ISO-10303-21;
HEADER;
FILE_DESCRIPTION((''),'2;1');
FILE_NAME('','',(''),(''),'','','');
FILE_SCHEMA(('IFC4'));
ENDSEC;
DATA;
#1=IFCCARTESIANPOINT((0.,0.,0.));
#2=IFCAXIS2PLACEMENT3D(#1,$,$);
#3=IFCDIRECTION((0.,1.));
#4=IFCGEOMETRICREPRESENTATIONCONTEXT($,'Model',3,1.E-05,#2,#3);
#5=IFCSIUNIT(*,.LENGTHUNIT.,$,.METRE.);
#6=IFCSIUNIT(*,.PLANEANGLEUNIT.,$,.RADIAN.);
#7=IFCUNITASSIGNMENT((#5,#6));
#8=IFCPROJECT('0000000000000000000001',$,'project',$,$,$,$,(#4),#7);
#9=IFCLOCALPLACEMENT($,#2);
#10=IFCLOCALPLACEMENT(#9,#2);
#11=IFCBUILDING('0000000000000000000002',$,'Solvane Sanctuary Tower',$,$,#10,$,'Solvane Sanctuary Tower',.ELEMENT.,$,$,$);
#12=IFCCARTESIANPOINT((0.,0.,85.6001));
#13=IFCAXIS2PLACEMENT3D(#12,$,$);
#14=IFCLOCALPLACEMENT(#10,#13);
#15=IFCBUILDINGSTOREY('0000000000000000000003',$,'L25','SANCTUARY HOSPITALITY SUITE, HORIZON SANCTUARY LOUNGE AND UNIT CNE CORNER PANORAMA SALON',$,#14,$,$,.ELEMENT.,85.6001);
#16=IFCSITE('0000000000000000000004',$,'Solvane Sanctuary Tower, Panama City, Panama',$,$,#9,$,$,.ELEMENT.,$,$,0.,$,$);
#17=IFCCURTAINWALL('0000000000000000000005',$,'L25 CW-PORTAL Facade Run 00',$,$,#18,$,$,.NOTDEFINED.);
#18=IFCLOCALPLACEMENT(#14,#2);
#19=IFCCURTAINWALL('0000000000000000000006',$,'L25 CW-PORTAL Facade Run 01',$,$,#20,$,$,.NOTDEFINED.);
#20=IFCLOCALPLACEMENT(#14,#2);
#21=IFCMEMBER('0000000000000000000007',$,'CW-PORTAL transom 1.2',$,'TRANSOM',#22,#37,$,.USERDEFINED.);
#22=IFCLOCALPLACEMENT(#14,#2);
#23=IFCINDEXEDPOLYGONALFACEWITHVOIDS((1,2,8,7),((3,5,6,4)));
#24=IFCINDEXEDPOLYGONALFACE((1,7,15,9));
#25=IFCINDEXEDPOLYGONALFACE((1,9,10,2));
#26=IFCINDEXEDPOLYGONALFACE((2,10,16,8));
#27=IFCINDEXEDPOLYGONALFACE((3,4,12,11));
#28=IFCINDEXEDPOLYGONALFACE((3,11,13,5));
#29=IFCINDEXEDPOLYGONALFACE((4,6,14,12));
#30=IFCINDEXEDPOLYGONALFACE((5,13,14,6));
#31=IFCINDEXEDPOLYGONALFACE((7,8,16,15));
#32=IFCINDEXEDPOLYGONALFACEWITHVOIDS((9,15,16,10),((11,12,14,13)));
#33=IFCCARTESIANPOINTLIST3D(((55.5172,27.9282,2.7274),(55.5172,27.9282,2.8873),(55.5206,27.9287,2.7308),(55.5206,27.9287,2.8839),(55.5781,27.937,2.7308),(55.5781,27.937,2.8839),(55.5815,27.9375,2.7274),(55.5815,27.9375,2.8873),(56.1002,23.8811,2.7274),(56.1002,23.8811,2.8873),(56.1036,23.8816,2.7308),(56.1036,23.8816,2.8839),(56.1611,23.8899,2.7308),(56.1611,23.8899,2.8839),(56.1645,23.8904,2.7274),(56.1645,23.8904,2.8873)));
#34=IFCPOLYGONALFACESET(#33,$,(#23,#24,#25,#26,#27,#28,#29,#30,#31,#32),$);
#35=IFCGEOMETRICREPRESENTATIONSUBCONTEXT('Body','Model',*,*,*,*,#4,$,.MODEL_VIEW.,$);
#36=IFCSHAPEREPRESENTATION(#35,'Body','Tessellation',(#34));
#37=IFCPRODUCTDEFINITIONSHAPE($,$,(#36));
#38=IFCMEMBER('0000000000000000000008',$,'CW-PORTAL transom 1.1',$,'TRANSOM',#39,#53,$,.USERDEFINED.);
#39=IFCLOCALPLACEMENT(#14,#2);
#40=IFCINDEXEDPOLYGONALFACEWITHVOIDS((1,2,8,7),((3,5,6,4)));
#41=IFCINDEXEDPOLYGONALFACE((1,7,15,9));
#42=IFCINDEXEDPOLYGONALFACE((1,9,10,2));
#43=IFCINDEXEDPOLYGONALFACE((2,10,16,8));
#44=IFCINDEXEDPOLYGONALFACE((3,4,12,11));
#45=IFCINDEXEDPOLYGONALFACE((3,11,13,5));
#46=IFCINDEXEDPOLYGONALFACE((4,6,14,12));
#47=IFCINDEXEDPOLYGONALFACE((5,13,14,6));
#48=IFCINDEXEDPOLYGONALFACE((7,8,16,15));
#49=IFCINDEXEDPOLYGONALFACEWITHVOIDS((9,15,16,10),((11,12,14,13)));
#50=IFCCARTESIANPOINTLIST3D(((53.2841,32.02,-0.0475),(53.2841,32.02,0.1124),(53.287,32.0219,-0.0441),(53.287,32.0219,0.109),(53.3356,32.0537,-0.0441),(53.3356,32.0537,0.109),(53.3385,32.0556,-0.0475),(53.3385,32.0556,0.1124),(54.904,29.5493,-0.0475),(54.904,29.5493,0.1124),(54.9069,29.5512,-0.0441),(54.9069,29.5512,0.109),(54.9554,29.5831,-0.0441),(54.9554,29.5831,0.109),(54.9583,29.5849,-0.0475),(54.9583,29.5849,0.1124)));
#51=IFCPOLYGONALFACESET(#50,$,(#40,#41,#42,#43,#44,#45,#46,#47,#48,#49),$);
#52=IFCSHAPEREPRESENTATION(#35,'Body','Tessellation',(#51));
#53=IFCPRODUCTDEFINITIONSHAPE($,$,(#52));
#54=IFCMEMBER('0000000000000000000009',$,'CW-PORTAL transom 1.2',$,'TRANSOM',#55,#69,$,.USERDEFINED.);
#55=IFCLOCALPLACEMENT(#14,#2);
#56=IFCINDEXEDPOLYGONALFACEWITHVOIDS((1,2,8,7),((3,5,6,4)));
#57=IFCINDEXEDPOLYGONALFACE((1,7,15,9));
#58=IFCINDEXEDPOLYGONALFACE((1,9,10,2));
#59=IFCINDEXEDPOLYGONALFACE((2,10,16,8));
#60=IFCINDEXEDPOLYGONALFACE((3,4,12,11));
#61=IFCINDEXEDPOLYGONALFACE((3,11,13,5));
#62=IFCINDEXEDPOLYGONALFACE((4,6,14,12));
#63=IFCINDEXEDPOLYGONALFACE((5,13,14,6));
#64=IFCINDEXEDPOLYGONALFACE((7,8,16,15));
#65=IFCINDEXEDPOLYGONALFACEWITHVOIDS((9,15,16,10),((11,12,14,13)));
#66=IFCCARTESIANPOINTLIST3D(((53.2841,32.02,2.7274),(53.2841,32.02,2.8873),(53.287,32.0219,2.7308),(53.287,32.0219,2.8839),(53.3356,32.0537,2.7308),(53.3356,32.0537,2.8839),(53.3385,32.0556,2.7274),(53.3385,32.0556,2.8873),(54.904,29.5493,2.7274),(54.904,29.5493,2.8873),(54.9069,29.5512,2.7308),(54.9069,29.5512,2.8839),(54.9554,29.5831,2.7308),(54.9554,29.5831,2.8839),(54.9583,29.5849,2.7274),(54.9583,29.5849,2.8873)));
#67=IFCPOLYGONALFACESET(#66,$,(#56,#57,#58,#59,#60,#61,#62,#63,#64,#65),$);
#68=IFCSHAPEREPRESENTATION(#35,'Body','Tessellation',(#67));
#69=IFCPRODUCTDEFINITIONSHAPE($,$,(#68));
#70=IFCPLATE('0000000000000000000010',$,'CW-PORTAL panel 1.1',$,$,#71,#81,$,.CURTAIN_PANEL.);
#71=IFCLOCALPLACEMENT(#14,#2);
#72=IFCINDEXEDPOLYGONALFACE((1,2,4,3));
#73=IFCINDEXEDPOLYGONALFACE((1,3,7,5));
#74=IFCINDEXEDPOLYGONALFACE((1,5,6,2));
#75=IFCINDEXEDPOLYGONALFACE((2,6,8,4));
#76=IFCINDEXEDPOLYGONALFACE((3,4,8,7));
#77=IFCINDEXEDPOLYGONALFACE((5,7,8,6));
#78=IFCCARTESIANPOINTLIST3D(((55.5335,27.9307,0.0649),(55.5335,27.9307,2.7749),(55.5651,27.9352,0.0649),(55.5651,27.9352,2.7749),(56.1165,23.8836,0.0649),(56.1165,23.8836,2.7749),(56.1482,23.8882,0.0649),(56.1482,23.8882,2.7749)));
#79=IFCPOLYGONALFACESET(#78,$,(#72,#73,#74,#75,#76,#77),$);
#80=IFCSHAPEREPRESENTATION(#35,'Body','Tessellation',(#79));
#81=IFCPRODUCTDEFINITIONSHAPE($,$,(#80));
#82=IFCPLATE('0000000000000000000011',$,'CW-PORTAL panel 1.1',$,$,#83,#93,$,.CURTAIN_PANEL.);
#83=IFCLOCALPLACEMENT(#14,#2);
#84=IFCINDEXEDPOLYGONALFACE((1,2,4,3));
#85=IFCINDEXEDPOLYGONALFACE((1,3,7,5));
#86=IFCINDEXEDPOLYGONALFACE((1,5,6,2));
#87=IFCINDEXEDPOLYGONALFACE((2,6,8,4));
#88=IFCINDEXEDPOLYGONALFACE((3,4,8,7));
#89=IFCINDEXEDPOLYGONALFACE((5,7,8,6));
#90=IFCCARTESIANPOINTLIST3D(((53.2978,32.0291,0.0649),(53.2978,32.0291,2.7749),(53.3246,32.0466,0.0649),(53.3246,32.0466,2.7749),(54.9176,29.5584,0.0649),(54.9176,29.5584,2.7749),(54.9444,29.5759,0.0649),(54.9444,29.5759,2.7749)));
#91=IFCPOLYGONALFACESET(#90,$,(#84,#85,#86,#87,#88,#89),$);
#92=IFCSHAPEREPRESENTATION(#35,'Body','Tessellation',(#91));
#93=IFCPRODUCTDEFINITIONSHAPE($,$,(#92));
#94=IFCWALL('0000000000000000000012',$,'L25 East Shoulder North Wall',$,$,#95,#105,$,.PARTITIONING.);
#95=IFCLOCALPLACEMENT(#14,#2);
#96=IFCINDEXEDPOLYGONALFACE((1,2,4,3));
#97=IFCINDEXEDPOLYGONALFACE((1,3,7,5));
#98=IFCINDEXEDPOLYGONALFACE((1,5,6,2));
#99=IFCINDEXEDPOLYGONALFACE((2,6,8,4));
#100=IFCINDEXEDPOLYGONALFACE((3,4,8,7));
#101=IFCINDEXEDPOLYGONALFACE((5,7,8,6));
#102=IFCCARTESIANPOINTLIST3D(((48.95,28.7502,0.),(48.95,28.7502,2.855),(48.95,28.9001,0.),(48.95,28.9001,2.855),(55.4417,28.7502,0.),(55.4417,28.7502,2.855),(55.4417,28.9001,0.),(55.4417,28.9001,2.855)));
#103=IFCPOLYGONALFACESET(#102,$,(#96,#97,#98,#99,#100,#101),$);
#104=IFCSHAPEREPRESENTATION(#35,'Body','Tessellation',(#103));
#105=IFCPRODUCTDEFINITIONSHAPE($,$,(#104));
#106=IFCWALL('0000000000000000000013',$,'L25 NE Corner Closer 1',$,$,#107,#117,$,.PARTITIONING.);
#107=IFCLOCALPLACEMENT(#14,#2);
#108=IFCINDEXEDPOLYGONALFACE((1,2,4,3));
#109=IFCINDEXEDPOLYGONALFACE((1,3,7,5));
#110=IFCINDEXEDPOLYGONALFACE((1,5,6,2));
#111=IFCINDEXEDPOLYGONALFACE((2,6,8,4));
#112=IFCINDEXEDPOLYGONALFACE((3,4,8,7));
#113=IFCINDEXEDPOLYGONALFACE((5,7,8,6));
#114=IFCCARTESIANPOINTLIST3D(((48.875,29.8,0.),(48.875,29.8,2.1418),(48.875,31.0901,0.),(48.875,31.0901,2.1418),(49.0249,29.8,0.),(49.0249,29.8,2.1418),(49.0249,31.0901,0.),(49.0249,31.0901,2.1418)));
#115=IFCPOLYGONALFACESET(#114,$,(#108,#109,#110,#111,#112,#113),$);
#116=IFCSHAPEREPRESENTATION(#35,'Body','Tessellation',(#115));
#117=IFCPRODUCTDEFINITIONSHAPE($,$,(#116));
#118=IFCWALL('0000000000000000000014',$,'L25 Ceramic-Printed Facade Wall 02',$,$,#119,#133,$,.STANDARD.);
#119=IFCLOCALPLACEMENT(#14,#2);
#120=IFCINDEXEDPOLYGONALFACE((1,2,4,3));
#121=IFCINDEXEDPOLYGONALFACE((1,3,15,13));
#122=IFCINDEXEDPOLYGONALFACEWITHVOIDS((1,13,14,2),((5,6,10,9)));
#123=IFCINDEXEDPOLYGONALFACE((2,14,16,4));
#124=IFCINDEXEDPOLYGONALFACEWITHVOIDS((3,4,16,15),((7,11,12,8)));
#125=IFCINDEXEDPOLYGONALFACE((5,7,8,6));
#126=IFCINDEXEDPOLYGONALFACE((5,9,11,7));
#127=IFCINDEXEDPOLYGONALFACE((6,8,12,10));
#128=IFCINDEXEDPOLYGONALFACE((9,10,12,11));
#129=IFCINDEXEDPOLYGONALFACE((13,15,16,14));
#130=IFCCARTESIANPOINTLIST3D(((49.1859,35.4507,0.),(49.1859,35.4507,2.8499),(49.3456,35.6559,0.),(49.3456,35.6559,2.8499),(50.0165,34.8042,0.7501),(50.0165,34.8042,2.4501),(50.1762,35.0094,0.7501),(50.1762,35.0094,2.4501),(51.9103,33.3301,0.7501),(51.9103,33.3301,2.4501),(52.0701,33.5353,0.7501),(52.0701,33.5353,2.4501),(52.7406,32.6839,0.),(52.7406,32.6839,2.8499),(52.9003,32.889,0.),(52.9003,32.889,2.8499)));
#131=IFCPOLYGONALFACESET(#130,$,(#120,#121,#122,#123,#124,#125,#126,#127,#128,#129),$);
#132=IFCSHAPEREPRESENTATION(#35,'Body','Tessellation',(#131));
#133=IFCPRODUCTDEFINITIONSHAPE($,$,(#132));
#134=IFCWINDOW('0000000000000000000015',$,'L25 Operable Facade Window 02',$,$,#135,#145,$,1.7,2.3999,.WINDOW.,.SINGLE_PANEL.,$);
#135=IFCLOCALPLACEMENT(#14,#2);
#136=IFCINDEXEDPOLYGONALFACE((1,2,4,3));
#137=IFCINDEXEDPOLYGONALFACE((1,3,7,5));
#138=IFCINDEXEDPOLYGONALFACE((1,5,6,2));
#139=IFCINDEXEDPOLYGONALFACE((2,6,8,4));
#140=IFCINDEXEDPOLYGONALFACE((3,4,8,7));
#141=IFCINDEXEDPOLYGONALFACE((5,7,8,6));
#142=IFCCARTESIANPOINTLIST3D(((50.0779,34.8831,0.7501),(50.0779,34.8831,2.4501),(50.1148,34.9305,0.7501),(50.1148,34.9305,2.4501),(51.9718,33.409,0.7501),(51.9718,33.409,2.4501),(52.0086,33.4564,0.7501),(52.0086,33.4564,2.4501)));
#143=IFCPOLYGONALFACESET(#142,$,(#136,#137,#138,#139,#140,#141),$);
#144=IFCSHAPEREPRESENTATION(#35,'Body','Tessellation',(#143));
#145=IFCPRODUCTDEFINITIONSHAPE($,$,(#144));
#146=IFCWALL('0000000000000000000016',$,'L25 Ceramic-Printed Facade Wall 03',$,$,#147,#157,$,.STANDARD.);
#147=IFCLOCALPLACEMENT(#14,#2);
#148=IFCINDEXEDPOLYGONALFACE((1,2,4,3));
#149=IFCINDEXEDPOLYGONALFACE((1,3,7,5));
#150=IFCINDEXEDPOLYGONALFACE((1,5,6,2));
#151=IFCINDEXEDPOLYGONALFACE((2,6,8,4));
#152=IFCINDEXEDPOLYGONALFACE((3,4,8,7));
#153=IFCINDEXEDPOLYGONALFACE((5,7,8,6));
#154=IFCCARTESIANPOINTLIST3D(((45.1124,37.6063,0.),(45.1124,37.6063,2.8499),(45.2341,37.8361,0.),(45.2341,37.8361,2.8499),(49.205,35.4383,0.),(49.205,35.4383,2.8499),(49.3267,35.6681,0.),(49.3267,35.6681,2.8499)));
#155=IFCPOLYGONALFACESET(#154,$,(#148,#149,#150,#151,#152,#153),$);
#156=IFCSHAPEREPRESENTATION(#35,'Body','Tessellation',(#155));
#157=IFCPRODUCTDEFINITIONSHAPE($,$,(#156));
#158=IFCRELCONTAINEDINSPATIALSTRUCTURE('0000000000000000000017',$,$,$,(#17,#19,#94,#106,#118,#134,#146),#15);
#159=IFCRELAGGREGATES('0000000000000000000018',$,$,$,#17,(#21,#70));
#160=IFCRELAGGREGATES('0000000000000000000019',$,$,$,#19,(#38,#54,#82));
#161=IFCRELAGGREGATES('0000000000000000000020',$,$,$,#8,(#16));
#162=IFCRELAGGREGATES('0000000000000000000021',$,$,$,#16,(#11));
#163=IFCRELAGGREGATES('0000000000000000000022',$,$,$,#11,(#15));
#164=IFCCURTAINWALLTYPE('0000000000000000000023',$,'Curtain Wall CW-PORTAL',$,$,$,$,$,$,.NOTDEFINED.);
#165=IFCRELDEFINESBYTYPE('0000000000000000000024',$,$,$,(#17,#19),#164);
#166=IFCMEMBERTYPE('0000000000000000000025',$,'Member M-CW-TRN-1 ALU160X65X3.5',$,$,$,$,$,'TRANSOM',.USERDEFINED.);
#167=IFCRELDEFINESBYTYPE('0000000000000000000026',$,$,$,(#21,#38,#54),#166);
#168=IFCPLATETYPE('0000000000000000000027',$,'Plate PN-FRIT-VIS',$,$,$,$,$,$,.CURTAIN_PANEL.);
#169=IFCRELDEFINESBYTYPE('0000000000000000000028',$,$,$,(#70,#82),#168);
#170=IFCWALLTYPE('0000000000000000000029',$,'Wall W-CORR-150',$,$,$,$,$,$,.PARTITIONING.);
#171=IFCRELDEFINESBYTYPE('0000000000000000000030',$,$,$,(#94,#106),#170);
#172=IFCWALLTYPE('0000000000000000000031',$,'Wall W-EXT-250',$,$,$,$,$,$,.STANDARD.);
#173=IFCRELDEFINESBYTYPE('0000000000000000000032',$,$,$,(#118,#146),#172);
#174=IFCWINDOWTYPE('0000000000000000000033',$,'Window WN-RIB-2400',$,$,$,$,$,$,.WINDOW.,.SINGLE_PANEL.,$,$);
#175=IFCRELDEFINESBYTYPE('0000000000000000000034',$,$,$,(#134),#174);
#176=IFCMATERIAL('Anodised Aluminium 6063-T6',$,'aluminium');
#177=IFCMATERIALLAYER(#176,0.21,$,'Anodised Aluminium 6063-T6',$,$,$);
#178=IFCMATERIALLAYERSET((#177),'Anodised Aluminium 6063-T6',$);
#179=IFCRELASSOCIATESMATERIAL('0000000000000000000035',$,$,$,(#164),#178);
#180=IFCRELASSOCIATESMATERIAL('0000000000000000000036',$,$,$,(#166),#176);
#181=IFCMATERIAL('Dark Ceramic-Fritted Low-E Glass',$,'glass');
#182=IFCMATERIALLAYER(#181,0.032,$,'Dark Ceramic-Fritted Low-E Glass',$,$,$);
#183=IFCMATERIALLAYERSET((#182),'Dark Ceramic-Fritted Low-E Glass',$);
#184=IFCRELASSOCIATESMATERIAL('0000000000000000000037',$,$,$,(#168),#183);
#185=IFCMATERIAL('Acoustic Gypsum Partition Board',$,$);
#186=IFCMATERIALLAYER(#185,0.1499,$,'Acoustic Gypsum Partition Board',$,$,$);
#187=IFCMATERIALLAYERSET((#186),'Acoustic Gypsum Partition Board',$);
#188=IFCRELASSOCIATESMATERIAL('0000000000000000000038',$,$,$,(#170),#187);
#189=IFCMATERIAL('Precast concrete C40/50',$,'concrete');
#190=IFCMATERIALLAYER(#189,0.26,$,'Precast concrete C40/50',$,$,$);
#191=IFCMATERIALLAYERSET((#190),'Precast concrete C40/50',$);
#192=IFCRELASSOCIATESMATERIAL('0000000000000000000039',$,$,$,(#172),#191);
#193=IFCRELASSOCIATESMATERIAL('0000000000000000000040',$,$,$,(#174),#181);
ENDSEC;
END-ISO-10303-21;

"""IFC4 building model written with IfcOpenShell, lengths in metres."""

from ifc_helpers import new_model, si_unit, direction, frame, frame_2d, origin, origin_2d, place, context, subcontext, project, spatial, rectangle, hollow_rectangle, extrude, material, layer, layer_set, material_profile, profile_set, type_object, element, fill, aggregate, save


model = new_model("IFC4")

# Units and contexts
model_context = context("Model", 3, precision=1e-05, world=origin(), true_north=direction((0.0, 1.0)))
body_context = subcontext(model_context, "Body", "Model", "MODEL_VIEW")
ifc_project = project(units=[si_unit("LENGTHUNIT", "METRE"), si_unit("PLANEANGLEUNIT", "RADIAN")], contexts=[model_context])

# Site, building, storey
site_placement = place(None, origin())
site = spatial("IfcSite", under=ifc_project, at=site_placement, Name="Solvane Sanctuary Tower, Panama City, Panama", CompositionType="ELEMENT", RefElevation=0.0)
building_placement = place(site_placement, origin())
building = spatial("IfcBuilding", under=site, at=building_placement, Name="Solvane Sanctuary Tower", LongName="Solvane Sanctuary Tower", CompositionType="ELEMENT")
storey_placement = place(building_placement, frame((0.0, 0.0, 85.6001)))
storey = spatial("IfcBuildingStorey", under=building, at=storey_placement, Name="L25", Description="SANCTUARY HOSPITALITY SUITE, HORIZON SANCTUARY LOUNGE AND UNIT CNE CORNER PANORAMA SALON", CompositionType="ELEMENT", Elevation=85.6001)

# Curtain walls
ifc_material_1 = material(Name="Anodised Aluminium 6063-T6", Category="aluminium")
ifc_layer_1 = layer(ifc_material_1, 0.21, Name="Anodised Aluminium 6063-T6")
ifc_layer_set_1 = layer_set([ifc_layer_1], Name="Anodised Aluminium 6063-T6")
curtain_wall_type = type_object("IfcCurtainWallType", Name="Curtain Wall CW-PORTAL", PredefinedType="NOTDEFINED", material=ifc_layer_set_1)
curtain_wall_1_placement = place(storey_placement, origin())
curtain_wall_1 = element("IfcCurtainWall", 1, at=curtain_wall_1_placement, inside=storey, type_object=curtain_wall_type, Name="L25 CW-PORTAL Facade Run 00", PredefinedType="NOTDEFINED")
curtain_wall_2_placement = place(storey_placement, origin())
curtain_wall_2 = element("IfcCurtainWall", 2, at=curtain_wall_2_placement, inside=storey, type_object=curtain_wall_type, Name="L25 CW-PORTAL Facade Run 01", PredefinedType="NOTDEFINED")

# Members
ifc_material_profile_1 = material_profile(ifc_material_1, hollow_rectangle(XDim=0.0649, YDim=0.1599, WallThickness=0.0034, at=origin_2d()), Name="ALU160X65X3.5")
ifc_profile_set_1 = profile_set([ifc_material_profile_1], Name="Anodised Aluminium 6063-T6")
member_type_1 = type_object("IfcMemberType", Name="Member M-CW-TRN-1 ALU160X65X3.5", ElementType="TRANSOM", PredefinedType="USERDEFINED", material=ifc_profile_set_1)
member_1_placement = place(storey_placement, frame((56.1323, 23.8857, 2.8074), z_axis=(-0.142583, 0.989783, 0.0), x_axis=(-0.989783, -0.142583, 0.0)))
member_1 = element("IfcMember", 3, at=member_1_placement, type_object=member_type_1, Name="CW-PORTAL transom 1.2", ObjectType="TRANSOM", PredefinedType="USERDEFINED", context=body_context, shape_type="SweptSolid", body=[
    extrude(hollow_rectangle(XDim=0.0649, YDim=0.1599, WallThickness=0.0034, at=origin_2d()), origin(), (0.0, 0.0, 1.0), 4.0889),
])
member_2_placement = place(storey_placement, frame((54.9312, 29.5671, 0.0325), z_axis=(-0.548295, 0.836285, 0.0), x_axis=(-0.836285, -0.548295, 0.0)))
member_2 = element("IfcMember", 4, at=member_2_placement, type_object=member_type_1, Name="CW-PORTAL transom 1.1", ObjectType="TRANSOM", PredefinedType="USERDEFINED", context=body_context, shape_type="SweptSolid", body=[
    extrude(hollow_rectangle(XDim=0.0649, YDim=0.1599, WallThickness=0.0034, at=origin_2d()), origin(), (0.0, 0.0, 1.0), 2.9543),
])
member_3_placement = place(storey_placement, frame((54.9312, 29.5671, 2.8074), z_axis=(-0.548295, 0.836285, 0.0), x_axis=(-0.836285, -0.548295, 0.0)))
member_3 = element("IfcMember", 5, at=member_3_placement, type_object=member_type_1, Name="CW-PORTAL transom 1.2", ObjectType="TRANSOM", PredefinedType="USERDEFINED", context=body_context, shape_type="SweptSolid", body=[
    extrude(hollow_rectangle(XDim=0.0649, YDim=0.1599, WallThickness=0.0034, at=origin_2d()), origin(), (0.0, 0.0, 1.0), 2.9543),
])

# Plates
ifc_material_2 = material(Name="Dark Ceramic-Fritted Low-E Glass", Category="glass")
ifc_layer_2 = layer(ifc_material_2, 0.032, Name="Dark Ceramic-Fritted Low-E Glass")
ifc_layer_set_2 = layer_set([ifc_layer_2], Name="Dark Ceramic-Fritted Low-E Glass")
plate_type = type_object("IfcPlateType", Name="Plate PN-FRIT-VIS", PredefinedType="CURTAIN_PANEL", material=ifc_layer_set_2)
plate_1_placement = place(storey_placement, frame((55.8408, 25.9094, 0.0649), z_axis=(0.0, 0.0, 1.0), x_axis=(-0.142587, 0.989782, 0.0)))
plate_1 = element("IfcPlate", 6, at=plate_1_placement, type_object=plate_type, Name="CW-PORTAL panel 1.1", PredefinedType="CURTAIN_PANEL", context=body_context, shape_type="SweptSolid", body=[
    extrude(rectangle(XDim=4.0889, YDim=0.032, at=origin_2d()), origin(), (0.0, 0.0, 1.0), 2.71),
])
aggregate(curtain_wall_1, [member_1, plate_1])
plate_2_placement = place(storey_placement, frame((54.1211, 30.8025, 0.0649), z_axis=(0.0, 0.0, 1.0), x_axis=(-0.548276, 0.836298, 0.0)))
plate_2 = element("IfcPlate", 7, at=plate_2_placement, type_object=plate_type, Name="CW-PORTAL panel 1.1", PredefinedType="CURTAIN_PANEL", context=body_context, shape_type="SweptSolid", body=[
    extrude(rectangle(XDim=2.9543, YDim=0.032, at=origin_2d()), origin(), (0.0, 0.0, 1.0), 2.71),
])
aggregate(curtain_wall_2, [member_2, member_3, plate_2])

# Walls
ifc_material_3 = material(Name="Acoustic Gypsum Partition Board")
ifc_layer_3 = layer(ifc_material_3, 0.1499, Name="Acoustic Gypsum Partition Board")
ifc_layer_set_3 = layer_set([ifc_layer_3], Name="Acoustic Gypsum Partition Board")
wall_type_1 = type_object("IfcWallType", Name="Wall W-CORR-150", PredefinedType="PARTITIONING", material=ifc_layer_set_3)
wall_1_placement = place(storey_placement, frame((48.95, 28.8252, 0.0), z_axis=(0.0, 0.0, 1.0), x_axis=(1.0, 0.0, 0.0)))
element("IfcWall", 8, at=wall_1_placement, inside=storey, type_object=wall_type_1, Name="L25 East Shoulder North Wall", PredefinedType="PARTITIONING", context=body_context, shape_type="SweptSolid", body=[
    extrude(rectangle(XDim=6.4917, YDim=0.1499, at=frame_2d((3.2458, 0.0))), origin(), (0.0, 0.0, 1.0), 2.855),
])
wall_2_placement = place(storey_placement, frame((48.95, 29.8, 0.0), z_axis=(0.0, 0.0, 1.0), x_axis=(0.0, 1.0, 0.0)))
element("IfcWall", 9, at=wall_2_placement, inside=storey, type_object=wall_type_1, Name="L25 NE Corner Closer 1", PredefinedType="PARTITIONING", context=body_context, shape_type="SweptSolid", body=[
    extrude(rectangle(XDim=1.29, YDim=0.1499, at=frame_2d((0.645, 0.0))), origin(), (0.0, 0.0, 1.0), 2.1418),
])

# Wall, opening, window
ifc_material_4 = material(Name="Precast concrete C40/50", Category="concrete")
ifc_layer_4 = layer(ifc_material_4, 0.26, Name="Precast concrete C40/50")
ifc_layer_set_4 = layer_set([ifc_layer_4], Name="Precast concrete C40/50")
wall_type_2 = type_object("IfcWallType", Name="Wall W-EXT-250", PredefinedType="STANDARD", material=ifc_layer_set_4)
wall_3_placement = place(storey_placement, frame((52.8206, 32.7864, 0.0), z_axis=(0.0, 0.0, 1.0), x_axis=(-0.789127, 0.614229, 0.0)))
wall_3 = element("IfcWall", 10, at=wall_3_placement, inside=storey, type_object=wall_type_2, Name="L25 Ceramic-Printed Facade Wall 02", PredefinedType="STANDARD", context=body_context, shape_type="SweptSolid", body=[
    extrude(rectangle(XDim=4.5046, YDim=0.26, at=frame_2d((2.2524, 0.0))), origin(), (0.0, 0.0, 1.0), 2.8499),
])
opening_placement = place(wall_3_placement, frame((1.0522, 0.0, 0.75)))
opening = element("IfcOpeningElement", 11, at=opening_placement, cuts=wall_3, PredefinedType="OPENING", context=body_context, shape_type="SweptSolid", body=[
    extrude(rectangle(XDim=2.3999, YDim=1.7, at=frame_2d((1.2, 0.8501))), frame((0.0, 0.1399, 0.0), z_axis=(0.0, -1.0, 0.0), x_axis=(1.0, 0.0, 0.0)), (0.0, 0.0, 1.0), 0.28),
])
window_type = type_object("IfcWindowType", Name="Window WN-RIB-2400", PartitioningType="SINGLE_PANEL", PredefinedType="WINDOW", material=ifc_material_2)
window_placement = place(opening_placement, origin())
window = element("IfcWindow", 12, at=window_placement, inside=storey, type_object=window_type, Name="L25 Operable Facade Window 02", OverallHeight=1.7, OverallWidth=2.3999, PartitioningType="SINGLE_PANEL", PredefinedType="WINDOW", context=body_context, shape_type="SweptSolid", body=[
    extrude(rectangle(XDim=2.3999, YDim=1.7, at=frame_2d((1.2, 0.8501))), frame((0.0, 0.03, 0.0), z_axis=(0.0, -1.0, 0.0), x_axis=(1.0, 0.0, 0.0)), (0.0, 0.0, 1.0), 0.0601),
])
fill(opening, window)

# Wall
wall_4_placement = place(storey_placement, frame((49.2659, 35.5532, 0.0), z_axis=(0.0, 0.0, 1.0), x_axis=(-0.883669, 0.468113, 0.0)))
element("IfcWall", 13, at=wall_4_placement, inside=storey, type_object=wall_type_2, Name="L25 Ceramic-Printed Facade Wall 03", PredefinedType="STANDARD", context=body_context, shape_type="SweptSolid", body=[
    extrude(rectangle(XDim=4.6313, YDim=0.26, at=frame_2d((2.3157, 0.0))), origin(), (0.0, 0.0, 1.0), 2.8499),
])

save(model, "model.ifc")
